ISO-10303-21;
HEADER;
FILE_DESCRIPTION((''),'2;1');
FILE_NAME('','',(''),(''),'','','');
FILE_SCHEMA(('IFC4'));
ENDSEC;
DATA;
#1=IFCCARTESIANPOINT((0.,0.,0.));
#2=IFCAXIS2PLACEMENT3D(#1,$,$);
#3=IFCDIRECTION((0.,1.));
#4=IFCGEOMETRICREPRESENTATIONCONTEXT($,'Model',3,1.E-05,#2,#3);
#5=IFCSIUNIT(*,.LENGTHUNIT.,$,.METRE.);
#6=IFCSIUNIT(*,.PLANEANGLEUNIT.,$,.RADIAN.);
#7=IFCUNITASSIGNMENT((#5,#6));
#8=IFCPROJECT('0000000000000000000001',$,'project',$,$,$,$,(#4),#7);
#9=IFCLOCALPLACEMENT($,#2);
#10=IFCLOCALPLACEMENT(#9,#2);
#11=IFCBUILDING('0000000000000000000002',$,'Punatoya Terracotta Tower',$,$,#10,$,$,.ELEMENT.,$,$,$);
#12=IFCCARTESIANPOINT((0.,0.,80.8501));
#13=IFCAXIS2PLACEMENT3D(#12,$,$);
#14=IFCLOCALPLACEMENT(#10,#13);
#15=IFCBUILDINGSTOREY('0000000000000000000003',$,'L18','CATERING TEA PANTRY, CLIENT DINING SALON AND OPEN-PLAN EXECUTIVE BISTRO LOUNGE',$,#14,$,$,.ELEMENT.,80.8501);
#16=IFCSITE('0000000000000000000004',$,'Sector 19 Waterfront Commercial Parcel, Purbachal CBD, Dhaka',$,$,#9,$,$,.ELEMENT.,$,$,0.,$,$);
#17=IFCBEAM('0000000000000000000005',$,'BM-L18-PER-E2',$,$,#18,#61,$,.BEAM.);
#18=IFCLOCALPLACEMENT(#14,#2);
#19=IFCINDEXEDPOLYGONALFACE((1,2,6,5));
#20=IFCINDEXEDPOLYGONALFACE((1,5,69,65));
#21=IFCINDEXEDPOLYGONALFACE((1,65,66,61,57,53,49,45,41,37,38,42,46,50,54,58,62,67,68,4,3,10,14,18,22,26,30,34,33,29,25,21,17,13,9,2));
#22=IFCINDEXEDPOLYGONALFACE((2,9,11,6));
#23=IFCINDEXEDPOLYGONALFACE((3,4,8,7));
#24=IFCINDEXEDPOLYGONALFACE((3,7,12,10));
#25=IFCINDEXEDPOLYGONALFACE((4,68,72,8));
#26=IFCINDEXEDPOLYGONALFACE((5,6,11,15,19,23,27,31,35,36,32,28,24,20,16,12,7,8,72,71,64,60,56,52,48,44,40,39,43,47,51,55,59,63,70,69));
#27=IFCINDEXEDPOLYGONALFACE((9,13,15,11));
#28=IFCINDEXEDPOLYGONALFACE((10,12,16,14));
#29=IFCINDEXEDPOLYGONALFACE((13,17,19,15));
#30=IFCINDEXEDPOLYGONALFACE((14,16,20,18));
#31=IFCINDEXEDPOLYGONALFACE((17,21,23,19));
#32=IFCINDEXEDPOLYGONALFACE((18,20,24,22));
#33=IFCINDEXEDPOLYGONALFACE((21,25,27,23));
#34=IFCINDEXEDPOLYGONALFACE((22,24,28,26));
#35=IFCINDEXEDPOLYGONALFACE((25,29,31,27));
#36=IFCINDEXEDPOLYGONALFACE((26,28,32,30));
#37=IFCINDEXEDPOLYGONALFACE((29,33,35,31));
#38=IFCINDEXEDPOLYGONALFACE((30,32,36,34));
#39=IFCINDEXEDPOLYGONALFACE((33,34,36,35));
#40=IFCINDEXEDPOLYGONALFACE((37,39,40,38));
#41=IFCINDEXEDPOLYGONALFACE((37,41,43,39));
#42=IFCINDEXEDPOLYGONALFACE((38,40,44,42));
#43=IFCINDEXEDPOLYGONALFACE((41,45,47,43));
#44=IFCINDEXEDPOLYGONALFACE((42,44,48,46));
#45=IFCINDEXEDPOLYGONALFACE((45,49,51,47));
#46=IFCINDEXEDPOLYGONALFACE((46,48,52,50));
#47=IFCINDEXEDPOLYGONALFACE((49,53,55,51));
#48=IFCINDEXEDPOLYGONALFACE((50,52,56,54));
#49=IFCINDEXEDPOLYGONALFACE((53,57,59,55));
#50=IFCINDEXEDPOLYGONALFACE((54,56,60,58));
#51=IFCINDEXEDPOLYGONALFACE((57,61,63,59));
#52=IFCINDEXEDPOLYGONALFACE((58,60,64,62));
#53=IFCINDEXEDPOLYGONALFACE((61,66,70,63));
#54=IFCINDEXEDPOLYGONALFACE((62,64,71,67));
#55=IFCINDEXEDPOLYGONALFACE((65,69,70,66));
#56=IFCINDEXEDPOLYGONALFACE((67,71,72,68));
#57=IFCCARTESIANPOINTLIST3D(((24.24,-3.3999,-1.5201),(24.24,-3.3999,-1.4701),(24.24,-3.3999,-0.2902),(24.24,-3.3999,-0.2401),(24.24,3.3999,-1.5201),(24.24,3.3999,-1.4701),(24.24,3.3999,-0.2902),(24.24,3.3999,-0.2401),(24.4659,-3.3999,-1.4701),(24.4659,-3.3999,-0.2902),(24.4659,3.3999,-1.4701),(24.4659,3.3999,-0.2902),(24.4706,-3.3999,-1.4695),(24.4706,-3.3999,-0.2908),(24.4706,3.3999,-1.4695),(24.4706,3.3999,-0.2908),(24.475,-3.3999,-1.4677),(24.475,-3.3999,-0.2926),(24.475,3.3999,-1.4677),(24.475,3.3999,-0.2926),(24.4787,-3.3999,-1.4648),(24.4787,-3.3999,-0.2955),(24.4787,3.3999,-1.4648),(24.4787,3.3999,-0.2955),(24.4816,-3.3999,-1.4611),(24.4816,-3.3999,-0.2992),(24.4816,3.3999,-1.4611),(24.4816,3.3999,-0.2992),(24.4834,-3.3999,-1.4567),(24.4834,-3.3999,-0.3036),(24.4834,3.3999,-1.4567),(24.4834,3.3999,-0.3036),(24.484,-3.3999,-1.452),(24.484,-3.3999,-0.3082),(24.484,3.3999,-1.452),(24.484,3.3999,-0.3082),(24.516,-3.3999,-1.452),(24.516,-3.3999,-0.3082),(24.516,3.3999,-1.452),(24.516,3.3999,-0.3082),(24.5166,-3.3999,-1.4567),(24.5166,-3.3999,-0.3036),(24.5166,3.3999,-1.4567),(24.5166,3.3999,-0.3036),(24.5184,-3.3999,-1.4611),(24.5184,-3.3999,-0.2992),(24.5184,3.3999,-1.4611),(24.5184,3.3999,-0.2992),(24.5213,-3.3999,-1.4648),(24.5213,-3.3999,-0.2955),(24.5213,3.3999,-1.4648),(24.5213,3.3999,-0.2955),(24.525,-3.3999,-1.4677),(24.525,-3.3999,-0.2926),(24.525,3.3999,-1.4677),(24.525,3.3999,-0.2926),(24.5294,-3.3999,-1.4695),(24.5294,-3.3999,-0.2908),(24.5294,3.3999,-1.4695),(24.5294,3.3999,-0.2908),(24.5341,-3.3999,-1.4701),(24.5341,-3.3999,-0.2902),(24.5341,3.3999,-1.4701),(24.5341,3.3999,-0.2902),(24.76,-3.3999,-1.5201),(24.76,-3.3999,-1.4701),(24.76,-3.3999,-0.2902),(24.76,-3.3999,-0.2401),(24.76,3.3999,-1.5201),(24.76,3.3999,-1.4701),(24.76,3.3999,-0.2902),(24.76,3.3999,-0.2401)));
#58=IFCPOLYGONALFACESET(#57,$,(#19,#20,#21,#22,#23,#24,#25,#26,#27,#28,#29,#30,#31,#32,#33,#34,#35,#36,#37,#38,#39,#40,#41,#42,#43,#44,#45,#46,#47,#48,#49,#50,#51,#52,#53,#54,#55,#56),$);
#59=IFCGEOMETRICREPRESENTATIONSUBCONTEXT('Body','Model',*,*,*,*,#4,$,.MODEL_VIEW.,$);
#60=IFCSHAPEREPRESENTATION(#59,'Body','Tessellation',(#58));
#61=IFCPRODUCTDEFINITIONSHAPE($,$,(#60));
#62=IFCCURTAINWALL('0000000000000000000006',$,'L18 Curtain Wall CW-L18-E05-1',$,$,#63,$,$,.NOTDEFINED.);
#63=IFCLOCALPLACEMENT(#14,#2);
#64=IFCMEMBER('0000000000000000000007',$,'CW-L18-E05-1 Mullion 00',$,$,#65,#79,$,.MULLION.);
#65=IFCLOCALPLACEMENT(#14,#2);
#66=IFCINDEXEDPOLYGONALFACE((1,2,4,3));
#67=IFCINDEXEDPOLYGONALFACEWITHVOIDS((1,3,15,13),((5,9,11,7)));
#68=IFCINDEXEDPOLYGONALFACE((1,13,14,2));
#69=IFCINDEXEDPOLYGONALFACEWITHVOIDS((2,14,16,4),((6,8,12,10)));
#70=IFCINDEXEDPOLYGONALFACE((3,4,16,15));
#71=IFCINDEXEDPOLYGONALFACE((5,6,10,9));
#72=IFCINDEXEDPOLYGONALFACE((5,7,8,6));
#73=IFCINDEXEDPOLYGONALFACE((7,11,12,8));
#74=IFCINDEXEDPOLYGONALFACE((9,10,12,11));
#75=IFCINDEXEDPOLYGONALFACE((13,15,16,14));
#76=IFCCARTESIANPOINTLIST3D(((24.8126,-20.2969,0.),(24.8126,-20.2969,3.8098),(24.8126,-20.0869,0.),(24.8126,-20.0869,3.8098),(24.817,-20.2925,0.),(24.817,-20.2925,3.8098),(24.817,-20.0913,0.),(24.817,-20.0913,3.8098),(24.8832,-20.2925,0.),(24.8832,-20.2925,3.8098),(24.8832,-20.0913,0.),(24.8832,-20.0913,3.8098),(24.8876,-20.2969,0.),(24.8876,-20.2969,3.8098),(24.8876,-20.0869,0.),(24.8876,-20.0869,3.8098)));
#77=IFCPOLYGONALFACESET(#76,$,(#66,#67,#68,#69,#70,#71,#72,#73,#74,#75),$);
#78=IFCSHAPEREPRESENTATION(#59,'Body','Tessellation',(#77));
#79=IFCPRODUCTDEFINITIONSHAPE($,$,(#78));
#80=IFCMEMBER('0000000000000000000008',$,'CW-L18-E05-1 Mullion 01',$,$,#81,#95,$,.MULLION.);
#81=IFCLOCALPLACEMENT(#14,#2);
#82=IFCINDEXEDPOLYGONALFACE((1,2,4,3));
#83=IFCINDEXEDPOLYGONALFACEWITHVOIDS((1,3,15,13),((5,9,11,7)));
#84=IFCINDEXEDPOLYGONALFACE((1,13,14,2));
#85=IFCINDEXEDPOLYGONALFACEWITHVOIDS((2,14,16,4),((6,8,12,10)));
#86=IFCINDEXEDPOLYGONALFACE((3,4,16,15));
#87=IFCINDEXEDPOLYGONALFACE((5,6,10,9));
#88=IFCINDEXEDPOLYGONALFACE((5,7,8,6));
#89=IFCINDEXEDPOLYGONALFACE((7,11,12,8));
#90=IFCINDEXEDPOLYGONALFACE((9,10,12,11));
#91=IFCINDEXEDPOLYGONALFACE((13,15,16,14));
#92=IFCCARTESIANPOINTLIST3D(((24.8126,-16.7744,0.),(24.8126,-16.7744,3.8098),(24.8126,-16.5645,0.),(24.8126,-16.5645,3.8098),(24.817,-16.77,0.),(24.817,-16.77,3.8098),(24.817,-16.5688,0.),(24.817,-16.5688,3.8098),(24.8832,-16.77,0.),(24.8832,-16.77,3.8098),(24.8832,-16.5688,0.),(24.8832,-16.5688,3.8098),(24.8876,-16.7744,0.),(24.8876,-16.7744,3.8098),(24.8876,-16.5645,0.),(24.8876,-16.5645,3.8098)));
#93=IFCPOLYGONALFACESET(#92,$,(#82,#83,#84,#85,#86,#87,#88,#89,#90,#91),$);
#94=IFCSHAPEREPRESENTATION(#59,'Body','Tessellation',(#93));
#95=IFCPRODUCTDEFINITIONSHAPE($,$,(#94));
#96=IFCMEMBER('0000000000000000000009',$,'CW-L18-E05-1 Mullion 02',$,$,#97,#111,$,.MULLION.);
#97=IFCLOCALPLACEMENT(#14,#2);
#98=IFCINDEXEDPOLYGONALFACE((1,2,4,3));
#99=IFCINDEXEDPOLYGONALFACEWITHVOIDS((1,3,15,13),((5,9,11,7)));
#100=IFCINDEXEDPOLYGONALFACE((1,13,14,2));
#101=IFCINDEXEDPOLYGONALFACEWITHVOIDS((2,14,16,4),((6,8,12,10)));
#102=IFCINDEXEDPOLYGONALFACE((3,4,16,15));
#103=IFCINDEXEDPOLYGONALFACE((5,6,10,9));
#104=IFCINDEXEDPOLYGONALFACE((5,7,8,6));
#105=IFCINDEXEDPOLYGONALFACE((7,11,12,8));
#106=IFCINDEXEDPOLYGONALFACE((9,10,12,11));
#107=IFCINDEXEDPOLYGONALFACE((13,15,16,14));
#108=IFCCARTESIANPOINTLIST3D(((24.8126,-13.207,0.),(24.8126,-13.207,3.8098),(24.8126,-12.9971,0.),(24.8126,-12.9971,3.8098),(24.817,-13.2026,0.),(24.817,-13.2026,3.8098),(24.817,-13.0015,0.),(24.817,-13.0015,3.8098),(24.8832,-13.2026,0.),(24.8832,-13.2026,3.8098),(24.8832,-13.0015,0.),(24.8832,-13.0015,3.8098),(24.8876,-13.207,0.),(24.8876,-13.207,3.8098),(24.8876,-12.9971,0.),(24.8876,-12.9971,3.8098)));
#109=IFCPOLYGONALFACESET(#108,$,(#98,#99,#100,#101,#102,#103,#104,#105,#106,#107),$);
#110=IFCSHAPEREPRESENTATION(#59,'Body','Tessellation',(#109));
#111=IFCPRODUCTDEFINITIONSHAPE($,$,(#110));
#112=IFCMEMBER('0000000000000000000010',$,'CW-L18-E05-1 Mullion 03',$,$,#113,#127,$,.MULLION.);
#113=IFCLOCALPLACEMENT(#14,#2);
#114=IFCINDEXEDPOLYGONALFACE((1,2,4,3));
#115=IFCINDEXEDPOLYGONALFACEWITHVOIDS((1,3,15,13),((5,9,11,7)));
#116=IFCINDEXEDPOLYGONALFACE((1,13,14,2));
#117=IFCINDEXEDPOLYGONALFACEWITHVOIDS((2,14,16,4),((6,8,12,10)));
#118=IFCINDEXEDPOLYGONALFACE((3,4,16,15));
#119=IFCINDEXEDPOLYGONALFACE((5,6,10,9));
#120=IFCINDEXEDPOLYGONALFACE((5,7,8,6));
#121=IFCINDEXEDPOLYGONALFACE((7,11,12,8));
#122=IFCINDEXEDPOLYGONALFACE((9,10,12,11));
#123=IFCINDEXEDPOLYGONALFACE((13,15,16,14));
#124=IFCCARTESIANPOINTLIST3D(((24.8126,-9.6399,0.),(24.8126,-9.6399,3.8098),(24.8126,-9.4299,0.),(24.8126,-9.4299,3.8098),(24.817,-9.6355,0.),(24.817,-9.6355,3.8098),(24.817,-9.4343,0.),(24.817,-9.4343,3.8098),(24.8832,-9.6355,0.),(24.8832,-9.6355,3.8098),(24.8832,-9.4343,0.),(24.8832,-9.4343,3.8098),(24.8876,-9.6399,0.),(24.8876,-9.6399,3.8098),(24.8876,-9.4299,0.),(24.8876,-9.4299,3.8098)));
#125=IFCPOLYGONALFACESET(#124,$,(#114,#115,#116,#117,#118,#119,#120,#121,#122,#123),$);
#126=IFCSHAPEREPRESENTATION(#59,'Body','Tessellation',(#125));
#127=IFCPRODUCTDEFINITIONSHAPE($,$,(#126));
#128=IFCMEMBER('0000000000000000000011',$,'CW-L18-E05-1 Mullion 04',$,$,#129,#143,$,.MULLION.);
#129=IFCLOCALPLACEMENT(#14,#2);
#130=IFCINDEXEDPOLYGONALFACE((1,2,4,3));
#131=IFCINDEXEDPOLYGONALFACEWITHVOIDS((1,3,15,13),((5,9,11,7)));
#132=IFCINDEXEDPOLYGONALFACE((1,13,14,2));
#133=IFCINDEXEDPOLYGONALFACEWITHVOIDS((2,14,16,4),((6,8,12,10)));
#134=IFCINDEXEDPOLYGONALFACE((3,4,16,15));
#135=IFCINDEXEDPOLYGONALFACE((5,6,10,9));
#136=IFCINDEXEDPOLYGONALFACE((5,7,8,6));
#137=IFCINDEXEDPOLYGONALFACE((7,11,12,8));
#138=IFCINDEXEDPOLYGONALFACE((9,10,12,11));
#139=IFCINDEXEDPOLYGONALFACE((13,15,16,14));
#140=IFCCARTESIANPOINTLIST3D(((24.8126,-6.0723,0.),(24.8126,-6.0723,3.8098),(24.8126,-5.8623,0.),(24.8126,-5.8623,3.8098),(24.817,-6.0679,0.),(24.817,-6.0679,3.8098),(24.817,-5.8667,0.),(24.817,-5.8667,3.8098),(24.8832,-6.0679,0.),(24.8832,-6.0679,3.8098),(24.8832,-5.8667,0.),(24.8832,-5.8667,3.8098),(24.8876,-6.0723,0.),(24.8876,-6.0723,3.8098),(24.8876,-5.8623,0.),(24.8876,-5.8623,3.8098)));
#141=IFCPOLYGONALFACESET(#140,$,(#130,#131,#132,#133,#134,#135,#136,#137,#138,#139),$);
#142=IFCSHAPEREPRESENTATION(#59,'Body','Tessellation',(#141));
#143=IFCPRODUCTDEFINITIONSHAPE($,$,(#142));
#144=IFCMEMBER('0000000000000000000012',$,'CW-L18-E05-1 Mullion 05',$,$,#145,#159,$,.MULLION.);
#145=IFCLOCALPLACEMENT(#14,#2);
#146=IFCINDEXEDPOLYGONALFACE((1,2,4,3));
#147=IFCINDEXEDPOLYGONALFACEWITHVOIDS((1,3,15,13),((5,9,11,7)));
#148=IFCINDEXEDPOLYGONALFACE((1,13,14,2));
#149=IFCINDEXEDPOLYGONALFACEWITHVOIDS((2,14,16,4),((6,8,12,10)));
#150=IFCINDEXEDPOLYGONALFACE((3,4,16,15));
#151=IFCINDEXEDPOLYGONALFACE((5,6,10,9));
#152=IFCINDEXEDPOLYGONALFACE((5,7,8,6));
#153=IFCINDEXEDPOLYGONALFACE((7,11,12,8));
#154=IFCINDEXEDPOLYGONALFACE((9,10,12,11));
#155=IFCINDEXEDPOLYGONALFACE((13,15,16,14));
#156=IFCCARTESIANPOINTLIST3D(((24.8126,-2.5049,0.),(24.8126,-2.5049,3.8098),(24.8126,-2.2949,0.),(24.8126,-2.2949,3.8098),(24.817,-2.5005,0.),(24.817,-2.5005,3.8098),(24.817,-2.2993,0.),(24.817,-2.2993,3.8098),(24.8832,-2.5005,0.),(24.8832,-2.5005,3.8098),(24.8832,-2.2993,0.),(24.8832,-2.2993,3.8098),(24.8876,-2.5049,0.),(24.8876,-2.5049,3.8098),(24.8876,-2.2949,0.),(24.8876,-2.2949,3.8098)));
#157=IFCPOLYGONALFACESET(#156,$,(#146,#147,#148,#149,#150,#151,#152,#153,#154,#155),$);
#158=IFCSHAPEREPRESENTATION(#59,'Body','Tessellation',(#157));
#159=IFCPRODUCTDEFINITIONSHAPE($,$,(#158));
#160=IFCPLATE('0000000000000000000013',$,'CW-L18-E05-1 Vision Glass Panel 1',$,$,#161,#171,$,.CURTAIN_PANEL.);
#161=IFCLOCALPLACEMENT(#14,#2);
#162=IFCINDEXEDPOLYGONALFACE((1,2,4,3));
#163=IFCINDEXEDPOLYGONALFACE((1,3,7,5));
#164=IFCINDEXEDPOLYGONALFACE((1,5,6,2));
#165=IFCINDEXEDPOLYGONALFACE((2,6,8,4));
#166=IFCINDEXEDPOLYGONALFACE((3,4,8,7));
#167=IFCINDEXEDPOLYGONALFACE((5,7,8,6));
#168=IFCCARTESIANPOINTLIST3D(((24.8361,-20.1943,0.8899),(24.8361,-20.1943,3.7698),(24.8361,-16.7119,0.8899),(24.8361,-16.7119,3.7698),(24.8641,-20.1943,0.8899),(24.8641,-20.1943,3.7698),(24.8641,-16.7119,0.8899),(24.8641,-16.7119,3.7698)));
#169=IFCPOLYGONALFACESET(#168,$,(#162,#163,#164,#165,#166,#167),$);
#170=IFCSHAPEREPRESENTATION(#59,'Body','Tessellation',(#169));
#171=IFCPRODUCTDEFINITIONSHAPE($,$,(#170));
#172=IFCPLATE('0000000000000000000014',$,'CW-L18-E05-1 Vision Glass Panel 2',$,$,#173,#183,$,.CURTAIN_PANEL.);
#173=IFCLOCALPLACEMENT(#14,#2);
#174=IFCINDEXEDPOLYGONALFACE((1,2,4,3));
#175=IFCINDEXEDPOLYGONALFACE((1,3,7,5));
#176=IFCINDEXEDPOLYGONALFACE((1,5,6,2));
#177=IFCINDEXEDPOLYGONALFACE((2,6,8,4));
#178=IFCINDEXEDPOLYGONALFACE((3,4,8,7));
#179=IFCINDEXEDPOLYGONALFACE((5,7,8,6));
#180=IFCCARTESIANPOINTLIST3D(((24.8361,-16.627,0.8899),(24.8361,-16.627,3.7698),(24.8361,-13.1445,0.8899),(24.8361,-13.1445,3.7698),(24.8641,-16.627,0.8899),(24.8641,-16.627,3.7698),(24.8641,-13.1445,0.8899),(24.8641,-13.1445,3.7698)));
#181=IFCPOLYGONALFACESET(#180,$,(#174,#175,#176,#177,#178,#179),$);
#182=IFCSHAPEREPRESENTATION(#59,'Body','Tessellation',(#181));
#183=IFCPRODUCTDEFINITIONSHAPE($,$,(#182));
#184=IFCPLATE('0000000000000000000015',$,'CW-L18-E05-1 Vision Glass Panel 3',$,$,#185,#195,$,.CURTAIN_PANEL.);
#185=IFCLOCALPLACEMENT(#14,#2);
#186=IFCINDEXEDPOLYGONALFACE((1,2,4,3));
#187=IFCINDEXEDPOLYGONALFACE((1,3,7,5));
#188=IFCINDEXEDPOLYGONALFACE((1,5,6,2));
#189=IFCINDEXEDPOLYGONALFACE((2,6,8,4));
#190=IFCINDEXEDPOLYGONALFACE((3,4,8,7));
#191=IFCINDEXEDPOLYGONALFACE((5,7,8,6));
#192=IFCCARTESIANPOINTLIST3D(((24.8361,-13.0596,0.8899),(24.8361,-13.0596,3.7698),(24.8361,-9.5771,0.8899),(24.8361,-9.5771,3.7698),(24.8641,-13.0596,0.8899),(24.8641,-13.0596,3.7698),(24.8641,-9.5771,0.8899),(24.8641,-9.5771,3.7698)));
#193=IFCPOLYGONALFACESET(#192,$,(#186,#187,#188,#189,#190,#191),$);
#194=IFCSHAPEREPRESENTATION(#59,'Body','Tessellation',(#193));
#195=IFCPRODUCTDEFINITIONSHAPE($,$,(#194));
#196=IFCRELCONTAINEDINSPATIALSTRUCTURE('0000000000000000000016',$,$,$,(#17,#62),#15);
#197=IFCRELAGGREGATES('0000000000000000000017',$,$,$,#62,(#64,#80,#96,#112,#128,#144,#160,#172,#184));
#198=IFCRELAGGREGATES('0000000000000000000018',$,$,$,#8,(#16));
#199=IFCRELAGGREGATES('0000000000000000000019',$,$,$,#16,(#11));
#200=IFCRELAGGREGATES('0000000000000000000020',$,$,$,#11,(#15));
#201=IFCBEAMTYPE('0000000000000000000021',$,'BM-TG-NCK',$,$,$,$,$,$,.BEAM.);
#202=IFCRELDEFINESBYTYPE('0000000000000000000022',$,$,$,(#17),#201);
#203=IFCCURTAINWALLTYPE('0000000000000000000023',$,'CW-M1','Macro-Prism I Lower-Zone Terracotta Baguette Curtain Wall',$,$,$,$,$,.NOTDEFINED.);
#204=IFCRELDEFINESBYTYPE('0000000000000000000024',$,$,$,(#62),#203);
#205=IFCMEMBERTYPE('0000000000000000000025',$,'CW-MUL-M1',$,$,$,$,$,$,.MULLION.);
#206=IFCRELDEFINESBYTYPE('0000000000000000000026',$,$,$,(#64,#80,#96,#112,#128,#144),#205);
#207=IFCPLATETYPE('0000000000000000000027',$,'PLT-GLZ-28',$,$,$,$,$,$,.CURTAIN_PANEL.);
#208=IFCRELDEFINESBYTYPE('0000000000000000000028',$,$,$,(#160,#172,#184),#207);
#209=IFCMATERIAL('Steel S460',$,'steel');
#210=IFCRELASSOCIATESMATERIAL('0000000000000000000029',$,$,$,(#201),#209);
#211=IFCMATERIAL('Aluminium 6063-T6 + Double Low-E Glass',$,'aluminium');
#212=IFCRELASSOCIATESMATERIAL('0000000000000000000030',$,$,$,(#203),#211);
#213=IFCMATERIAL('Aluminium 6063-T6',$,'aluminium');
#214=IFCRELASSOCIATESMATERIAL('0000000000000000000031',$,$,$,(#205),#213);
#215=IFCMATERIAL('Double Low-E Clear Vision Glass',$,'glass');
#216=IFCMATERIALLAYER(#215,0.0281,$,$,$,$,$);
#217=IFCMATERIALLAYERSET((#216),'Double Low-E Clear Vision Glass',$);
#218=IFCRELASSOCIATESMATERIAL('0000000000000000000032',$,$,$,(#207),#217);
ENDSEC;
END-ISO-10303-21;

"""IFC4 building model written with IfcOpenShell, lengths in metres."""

from ifc_helpers import new_model, si_unit, direction, frame, origin, origin_2d, place, context, subcontext, project, spatial, rectangle, hollow_rectangle, i_section, extrude, material, layer, layer_set, material_profile, profile_set, type_object, element, aggregate, save


model = new_model("IFC4")

# Units and contexts
model_context = context("Model", 3, precision=1e-05, world=origin(), true_north=direction((0.0, 1.0)))
body_context = subcontext(model_context, "Body", "Model", "MODEL_VIEW")
ifc_project = project(units=[si_unit("LENGTHUNIT", "METRE"), si_unit("PLANEANGLEUNIT", "RADIAN")], contexts=[model_context])

# Site, building, storey
site_placement = place(None, origin())
site = spatial("IfcSite", under=ifc_project, at=site_placement, Name="Sector 19 Waterfront Commercial Parcel, Purbachal CBD, Dhaka", CompositionType="ELEMENT", RefElevation=0.0)
building_placement = place(site_placement, origin())
building = spatial("IfcBuilding", under=site, at=building_placement, Name="Punatoya Terracotta Tower", CompositionType="ELEMENT")
storey_placement = place(building_placement, frame((0.0, 0.0, 80.8501)))
storey = spatial("IfcBuildingStorey", under=building, at=storey_placement, Name="L18", Description="CATERING TEA PANTRY, CLIENT DINING SALON AND OPEN-PLAN EXECUTIVE BISTRO LOUNGE", CompositionType="ELEMENT", Elevation=80.8501)

# Shared definitions
ifc_material_1 = material(Name="Steel S460", Category="steel")

# Beam
ifc_material_profile_1 = material_profile(ifc_material_1, i_section(OverallWidth=0.52, OverallDepth=1.28, WebThickness=0.032, FlangeThickness=0.05, FilletRadius=0.0181, at=origin_2d()))
ifc_profile_set_1 = profile_set([ifc_material_profile_1], Name="Steel S460")
beam_type_1 = type_object("IfcBeamType", Name="BM-TG-NCK", PredefinedType="BEAM", material=ifc_profile_set_1)
beam_1_placement = place(storey_placement, frame((24.5, -3.3999, -0.8801), z_axis=(0.0, 1.0, 0.0), x_axis=(-1.0, 0.0, 0.0)))
element("IfcBeam", 1, at=beam_1_placement, inside=storey, type_object=beam_type_1, Name="BM-L18-PER-E2", PredefinedType="BEAM", context=body_context, shape_type="SweptSolid", body=[
    extrude(i_section(OverallWidth=0.52, OverallDepth=1.28, WebThickness=0.032, FlangeThickness=0.05, FilletRadius=0.0181, at=origin_2d()), origin(), (0.0, 0.0, 1.0), 6.7998),
])

# Curtain wall, members, plates
ifc_material_2 = material(Name="Aluminium 6063-T6 + Double Low-E Glass", Category="aluminium")
curtain_wall_type = type_object("IfcCurtainWallType", Name="CW-M1", Description="Macro-Prism I Lower-Zone Terracotta Baguette Curtain Wall", PredefinedType="NOTDEFINED", material=ifc_material_2)
curtain_wall_placement = place(storey_placement, origin())
curtain_wall = element("IfcCurtainWall", 2, at=curtain_wall_placement, inside=storey, type_object=curtain_wall_type, Name="L18 Curtain Wall CW-L18-E05-1", PredefinedType="NOTDEFINED")
ifc_material_3 = material(Name="Aluminium 6063-T6", Category="aluminium")
ifc_material_profile_2 = material_profile(ifc_material_3, hollow_rectangle(XDim=0.075, YDim=0.21, WallThickness=0.0044, at=origin_2d()))
ifc_profile_set_2 = profile_set([ifc_material_profile_2], Name="Aluminium 6063-T6")
member_type = type_object("IfcMemberType", Name="CW-MUL-M1", PredefinedType="MULLION", material=ifc_profile_set_2)
member_1_placement = place(storey_placement, frame((24.8501, -20.1919, 0.0), z_axis=(0.0, 0.0, 1.0), x_axis=(1.0, 0.0, 0.0)))
member_1 = element("IfcMember", 3, at=member_1_placement, type_object=member_type, Name="CW-L18-E05-1 Mullion 00", PredefinedType="MULLION", context=body_context, shape_type="SweptSolid", body=[
    extrude(hollow_rectangle(XDim=0.075, YDim=0.21, WallThickness=0.0044, at=origin_2d()), origin(), (0.0, 0.0, 1.0), 3.8098),
])
member_2_placement = place(storey_placement, frame((24.8501, -16.6694, 0.0), z_axis=(0.0, 0.0, 1.0), x_axis=(1.0, 0.0, 0.0)))
member_2 = element("IfcMember", 4, at=member_2_placement, type_object=member_type, Name="CW-L18-E05-1 Mullion 01", PredefinedType="MULLION", context=body_context, shape_type="SweptSolid", body=[
    extrude(hollow_rectangle(XDim=0.075, YDim=0.21, WallThickness=0.0044, at=origin_2d()), origin(), (0.0, 0.0, 1.0), 3.8098),
])
member_3_placement = place(storey_placement, frame((24.8501, -13.1021, 0.0), z_axis=(0.0, 0.0, 1.0), x_axis=(1.0, 0.0, 0.0)))
member_3 = element("IfcMember", 5, at=member_3_placement, type_object=member_type, Name="CW-L18-E05-1 Mullion 02", PredefinedType="MULLION", context=body_context, shape_type="SweptSolid", body=[
    extrude(hollow_rectangle(XDim=0.075, YDim=0.21, WallThickness=0.0044, at=origin_2d()), origin(), (0.0, 0.0, 1.0), 3.8098),
])
member_4_placement = place(storey_placement, frame((24.8501, -9.5349, 0.0), z_axis=(0.0, 0.0, 1.0), x_axis=(1.0, 0.0, 0.0)))
member_4 = element("IfcMember", 6, at=member_4_placement, type_object=member_type, Name="CW-L18-E05-1 Mullion 03", PredefinedType="MULLION", context=body_context, shape_type="SweptSolid", body=[
    extrude(hollow_rectangle(XDim=0.075, YDim=0.21, WallThickness=0.0044, at=origin_2d()), origin(), (0.0, 0.0, 1.0), 3.8098),
])
member_5_placement = place(storey_placement, frame((24.8501, -5.9673, 0.0), z_axis=(0.0, 0.0, 1.0), x_axis=(1.0, 0.0, 0.0)))
member_5 = element("IfcMember", 7, at=member_5_placement, type_object=member_type, Name="CW-L18-E05-1 Mullion 04", PredefinedType="MULLION", context=body_context, shape_type="SweptSolid", body=[
    extrude(hollow_rectangle(XDim=0.075, YDim=0.21, WallThickness=0.0044, at=origin_2d()), origin(), (0.0, 0.0, 1.0), 3.8098),
])
member_6_placement = place(storey_placement, frame((24.8501, -2.3999, 0.0), z_axis=(0.0, 0.0, 1.0), x_axis=(1.0, 0.0, 0.0)))
member_6 = element("IfcMember", 8, at=member_6_placement, type_object=member_type, Name="CW-L18-E05-1 Mullion 05", PredefinedType="MULLION", context=body_context, shape_type="SweptSolid", body=[
    extrude(hollow_rectangle(XDim=0.075, YDim=0.21, WallThickness=0.0044, at=origin_2d()), origin(), (0.0, 0.0, 1.0), 3.8098),
])
ifc_material_4 = material(Name="Double Low-E Clear Vision Glass", Category="glass")
ifc_layer_1 = layer(ifc_material_4, 0.0281)
ifc_layer_set_1 = layer_set([ifc_layer_1], Name="Double Low-E Clear Vision Glass")
plate_type_1 = type_object("IfcPlateType", Name="PLT-GLZ-28", PredefinedType="CURTAIN_PANEL", material=ifc_layer_set_1)
plate_1_placement = place(storey_placement, frame((24.8501, -18.4531, 0.8899), z_axis=(0.0, 0.0, 1.0), x_axis=(0.0, 1.0, 0.0)))
plate_1 = element("IfcPlate", 9, at=plate_1_placement, type_object=plate_type_1, Name="CW-L18-E05-1 Vision Glass Panel 1", PredefinedType="CURTAIN_PANEL", context=body_context, shape_type="SweptSolid", body=[
    extrude(rectangle(XDim=3.4824, YDim=0.0281, at=origin_2d()), origin(), (0.0, 0.0, 1.0), 2.8799),
])
plate_2_placement = place(storey_placement, frame((24.8501, -14.8857, 0.8899), z_axis=(0.0, 0.0, 1.0), x_axis=(0.0, 1.0, 0.0)))
plate_2 = element("IfcPlate", 10, at=plate_2_placement, type_object=plate_type_1, Name="CW-L18-E05-1 Vision Glass Panel 2", PredefinedType="CURTAIN_PANEL", context=body_context, shape_type="SweptSolid", body=[
    extrude(rectangle(XDim=3.4824, YDim=0.0281, at=origin_2d()), origin(), (0.0, 0.0, 1.0), 2.8799),
])
plate_3_placement = place(storey_placement, frame((24.8501, -11.3184, 0.8899), z_axis=(0.0, 0.0, 1.0), x_axis=(0.0, 1.0, 0.0)))
plate_3 = element("IfcPlate", 11, at=plate_3_placement, type_object=plate_type_1, Name="CW-L18-E05-1 Vision Glass Panel 3", PredefinedType="CURTAIN_PANEL", context=body_context, shape_type="SweptSolid", body=[
    extrude(rectangle(XDim=3.4824, YDim=0.0281, at=origin_2d()), origin(), (0.0, 0.0, 1.0), 2.8799),
])
aggregate(curtain_wall, [member_1, member_2, member_3, member_4, member_5, member_6, plate_1, plate_2, plate_3])

save(model, "model.ifc")
